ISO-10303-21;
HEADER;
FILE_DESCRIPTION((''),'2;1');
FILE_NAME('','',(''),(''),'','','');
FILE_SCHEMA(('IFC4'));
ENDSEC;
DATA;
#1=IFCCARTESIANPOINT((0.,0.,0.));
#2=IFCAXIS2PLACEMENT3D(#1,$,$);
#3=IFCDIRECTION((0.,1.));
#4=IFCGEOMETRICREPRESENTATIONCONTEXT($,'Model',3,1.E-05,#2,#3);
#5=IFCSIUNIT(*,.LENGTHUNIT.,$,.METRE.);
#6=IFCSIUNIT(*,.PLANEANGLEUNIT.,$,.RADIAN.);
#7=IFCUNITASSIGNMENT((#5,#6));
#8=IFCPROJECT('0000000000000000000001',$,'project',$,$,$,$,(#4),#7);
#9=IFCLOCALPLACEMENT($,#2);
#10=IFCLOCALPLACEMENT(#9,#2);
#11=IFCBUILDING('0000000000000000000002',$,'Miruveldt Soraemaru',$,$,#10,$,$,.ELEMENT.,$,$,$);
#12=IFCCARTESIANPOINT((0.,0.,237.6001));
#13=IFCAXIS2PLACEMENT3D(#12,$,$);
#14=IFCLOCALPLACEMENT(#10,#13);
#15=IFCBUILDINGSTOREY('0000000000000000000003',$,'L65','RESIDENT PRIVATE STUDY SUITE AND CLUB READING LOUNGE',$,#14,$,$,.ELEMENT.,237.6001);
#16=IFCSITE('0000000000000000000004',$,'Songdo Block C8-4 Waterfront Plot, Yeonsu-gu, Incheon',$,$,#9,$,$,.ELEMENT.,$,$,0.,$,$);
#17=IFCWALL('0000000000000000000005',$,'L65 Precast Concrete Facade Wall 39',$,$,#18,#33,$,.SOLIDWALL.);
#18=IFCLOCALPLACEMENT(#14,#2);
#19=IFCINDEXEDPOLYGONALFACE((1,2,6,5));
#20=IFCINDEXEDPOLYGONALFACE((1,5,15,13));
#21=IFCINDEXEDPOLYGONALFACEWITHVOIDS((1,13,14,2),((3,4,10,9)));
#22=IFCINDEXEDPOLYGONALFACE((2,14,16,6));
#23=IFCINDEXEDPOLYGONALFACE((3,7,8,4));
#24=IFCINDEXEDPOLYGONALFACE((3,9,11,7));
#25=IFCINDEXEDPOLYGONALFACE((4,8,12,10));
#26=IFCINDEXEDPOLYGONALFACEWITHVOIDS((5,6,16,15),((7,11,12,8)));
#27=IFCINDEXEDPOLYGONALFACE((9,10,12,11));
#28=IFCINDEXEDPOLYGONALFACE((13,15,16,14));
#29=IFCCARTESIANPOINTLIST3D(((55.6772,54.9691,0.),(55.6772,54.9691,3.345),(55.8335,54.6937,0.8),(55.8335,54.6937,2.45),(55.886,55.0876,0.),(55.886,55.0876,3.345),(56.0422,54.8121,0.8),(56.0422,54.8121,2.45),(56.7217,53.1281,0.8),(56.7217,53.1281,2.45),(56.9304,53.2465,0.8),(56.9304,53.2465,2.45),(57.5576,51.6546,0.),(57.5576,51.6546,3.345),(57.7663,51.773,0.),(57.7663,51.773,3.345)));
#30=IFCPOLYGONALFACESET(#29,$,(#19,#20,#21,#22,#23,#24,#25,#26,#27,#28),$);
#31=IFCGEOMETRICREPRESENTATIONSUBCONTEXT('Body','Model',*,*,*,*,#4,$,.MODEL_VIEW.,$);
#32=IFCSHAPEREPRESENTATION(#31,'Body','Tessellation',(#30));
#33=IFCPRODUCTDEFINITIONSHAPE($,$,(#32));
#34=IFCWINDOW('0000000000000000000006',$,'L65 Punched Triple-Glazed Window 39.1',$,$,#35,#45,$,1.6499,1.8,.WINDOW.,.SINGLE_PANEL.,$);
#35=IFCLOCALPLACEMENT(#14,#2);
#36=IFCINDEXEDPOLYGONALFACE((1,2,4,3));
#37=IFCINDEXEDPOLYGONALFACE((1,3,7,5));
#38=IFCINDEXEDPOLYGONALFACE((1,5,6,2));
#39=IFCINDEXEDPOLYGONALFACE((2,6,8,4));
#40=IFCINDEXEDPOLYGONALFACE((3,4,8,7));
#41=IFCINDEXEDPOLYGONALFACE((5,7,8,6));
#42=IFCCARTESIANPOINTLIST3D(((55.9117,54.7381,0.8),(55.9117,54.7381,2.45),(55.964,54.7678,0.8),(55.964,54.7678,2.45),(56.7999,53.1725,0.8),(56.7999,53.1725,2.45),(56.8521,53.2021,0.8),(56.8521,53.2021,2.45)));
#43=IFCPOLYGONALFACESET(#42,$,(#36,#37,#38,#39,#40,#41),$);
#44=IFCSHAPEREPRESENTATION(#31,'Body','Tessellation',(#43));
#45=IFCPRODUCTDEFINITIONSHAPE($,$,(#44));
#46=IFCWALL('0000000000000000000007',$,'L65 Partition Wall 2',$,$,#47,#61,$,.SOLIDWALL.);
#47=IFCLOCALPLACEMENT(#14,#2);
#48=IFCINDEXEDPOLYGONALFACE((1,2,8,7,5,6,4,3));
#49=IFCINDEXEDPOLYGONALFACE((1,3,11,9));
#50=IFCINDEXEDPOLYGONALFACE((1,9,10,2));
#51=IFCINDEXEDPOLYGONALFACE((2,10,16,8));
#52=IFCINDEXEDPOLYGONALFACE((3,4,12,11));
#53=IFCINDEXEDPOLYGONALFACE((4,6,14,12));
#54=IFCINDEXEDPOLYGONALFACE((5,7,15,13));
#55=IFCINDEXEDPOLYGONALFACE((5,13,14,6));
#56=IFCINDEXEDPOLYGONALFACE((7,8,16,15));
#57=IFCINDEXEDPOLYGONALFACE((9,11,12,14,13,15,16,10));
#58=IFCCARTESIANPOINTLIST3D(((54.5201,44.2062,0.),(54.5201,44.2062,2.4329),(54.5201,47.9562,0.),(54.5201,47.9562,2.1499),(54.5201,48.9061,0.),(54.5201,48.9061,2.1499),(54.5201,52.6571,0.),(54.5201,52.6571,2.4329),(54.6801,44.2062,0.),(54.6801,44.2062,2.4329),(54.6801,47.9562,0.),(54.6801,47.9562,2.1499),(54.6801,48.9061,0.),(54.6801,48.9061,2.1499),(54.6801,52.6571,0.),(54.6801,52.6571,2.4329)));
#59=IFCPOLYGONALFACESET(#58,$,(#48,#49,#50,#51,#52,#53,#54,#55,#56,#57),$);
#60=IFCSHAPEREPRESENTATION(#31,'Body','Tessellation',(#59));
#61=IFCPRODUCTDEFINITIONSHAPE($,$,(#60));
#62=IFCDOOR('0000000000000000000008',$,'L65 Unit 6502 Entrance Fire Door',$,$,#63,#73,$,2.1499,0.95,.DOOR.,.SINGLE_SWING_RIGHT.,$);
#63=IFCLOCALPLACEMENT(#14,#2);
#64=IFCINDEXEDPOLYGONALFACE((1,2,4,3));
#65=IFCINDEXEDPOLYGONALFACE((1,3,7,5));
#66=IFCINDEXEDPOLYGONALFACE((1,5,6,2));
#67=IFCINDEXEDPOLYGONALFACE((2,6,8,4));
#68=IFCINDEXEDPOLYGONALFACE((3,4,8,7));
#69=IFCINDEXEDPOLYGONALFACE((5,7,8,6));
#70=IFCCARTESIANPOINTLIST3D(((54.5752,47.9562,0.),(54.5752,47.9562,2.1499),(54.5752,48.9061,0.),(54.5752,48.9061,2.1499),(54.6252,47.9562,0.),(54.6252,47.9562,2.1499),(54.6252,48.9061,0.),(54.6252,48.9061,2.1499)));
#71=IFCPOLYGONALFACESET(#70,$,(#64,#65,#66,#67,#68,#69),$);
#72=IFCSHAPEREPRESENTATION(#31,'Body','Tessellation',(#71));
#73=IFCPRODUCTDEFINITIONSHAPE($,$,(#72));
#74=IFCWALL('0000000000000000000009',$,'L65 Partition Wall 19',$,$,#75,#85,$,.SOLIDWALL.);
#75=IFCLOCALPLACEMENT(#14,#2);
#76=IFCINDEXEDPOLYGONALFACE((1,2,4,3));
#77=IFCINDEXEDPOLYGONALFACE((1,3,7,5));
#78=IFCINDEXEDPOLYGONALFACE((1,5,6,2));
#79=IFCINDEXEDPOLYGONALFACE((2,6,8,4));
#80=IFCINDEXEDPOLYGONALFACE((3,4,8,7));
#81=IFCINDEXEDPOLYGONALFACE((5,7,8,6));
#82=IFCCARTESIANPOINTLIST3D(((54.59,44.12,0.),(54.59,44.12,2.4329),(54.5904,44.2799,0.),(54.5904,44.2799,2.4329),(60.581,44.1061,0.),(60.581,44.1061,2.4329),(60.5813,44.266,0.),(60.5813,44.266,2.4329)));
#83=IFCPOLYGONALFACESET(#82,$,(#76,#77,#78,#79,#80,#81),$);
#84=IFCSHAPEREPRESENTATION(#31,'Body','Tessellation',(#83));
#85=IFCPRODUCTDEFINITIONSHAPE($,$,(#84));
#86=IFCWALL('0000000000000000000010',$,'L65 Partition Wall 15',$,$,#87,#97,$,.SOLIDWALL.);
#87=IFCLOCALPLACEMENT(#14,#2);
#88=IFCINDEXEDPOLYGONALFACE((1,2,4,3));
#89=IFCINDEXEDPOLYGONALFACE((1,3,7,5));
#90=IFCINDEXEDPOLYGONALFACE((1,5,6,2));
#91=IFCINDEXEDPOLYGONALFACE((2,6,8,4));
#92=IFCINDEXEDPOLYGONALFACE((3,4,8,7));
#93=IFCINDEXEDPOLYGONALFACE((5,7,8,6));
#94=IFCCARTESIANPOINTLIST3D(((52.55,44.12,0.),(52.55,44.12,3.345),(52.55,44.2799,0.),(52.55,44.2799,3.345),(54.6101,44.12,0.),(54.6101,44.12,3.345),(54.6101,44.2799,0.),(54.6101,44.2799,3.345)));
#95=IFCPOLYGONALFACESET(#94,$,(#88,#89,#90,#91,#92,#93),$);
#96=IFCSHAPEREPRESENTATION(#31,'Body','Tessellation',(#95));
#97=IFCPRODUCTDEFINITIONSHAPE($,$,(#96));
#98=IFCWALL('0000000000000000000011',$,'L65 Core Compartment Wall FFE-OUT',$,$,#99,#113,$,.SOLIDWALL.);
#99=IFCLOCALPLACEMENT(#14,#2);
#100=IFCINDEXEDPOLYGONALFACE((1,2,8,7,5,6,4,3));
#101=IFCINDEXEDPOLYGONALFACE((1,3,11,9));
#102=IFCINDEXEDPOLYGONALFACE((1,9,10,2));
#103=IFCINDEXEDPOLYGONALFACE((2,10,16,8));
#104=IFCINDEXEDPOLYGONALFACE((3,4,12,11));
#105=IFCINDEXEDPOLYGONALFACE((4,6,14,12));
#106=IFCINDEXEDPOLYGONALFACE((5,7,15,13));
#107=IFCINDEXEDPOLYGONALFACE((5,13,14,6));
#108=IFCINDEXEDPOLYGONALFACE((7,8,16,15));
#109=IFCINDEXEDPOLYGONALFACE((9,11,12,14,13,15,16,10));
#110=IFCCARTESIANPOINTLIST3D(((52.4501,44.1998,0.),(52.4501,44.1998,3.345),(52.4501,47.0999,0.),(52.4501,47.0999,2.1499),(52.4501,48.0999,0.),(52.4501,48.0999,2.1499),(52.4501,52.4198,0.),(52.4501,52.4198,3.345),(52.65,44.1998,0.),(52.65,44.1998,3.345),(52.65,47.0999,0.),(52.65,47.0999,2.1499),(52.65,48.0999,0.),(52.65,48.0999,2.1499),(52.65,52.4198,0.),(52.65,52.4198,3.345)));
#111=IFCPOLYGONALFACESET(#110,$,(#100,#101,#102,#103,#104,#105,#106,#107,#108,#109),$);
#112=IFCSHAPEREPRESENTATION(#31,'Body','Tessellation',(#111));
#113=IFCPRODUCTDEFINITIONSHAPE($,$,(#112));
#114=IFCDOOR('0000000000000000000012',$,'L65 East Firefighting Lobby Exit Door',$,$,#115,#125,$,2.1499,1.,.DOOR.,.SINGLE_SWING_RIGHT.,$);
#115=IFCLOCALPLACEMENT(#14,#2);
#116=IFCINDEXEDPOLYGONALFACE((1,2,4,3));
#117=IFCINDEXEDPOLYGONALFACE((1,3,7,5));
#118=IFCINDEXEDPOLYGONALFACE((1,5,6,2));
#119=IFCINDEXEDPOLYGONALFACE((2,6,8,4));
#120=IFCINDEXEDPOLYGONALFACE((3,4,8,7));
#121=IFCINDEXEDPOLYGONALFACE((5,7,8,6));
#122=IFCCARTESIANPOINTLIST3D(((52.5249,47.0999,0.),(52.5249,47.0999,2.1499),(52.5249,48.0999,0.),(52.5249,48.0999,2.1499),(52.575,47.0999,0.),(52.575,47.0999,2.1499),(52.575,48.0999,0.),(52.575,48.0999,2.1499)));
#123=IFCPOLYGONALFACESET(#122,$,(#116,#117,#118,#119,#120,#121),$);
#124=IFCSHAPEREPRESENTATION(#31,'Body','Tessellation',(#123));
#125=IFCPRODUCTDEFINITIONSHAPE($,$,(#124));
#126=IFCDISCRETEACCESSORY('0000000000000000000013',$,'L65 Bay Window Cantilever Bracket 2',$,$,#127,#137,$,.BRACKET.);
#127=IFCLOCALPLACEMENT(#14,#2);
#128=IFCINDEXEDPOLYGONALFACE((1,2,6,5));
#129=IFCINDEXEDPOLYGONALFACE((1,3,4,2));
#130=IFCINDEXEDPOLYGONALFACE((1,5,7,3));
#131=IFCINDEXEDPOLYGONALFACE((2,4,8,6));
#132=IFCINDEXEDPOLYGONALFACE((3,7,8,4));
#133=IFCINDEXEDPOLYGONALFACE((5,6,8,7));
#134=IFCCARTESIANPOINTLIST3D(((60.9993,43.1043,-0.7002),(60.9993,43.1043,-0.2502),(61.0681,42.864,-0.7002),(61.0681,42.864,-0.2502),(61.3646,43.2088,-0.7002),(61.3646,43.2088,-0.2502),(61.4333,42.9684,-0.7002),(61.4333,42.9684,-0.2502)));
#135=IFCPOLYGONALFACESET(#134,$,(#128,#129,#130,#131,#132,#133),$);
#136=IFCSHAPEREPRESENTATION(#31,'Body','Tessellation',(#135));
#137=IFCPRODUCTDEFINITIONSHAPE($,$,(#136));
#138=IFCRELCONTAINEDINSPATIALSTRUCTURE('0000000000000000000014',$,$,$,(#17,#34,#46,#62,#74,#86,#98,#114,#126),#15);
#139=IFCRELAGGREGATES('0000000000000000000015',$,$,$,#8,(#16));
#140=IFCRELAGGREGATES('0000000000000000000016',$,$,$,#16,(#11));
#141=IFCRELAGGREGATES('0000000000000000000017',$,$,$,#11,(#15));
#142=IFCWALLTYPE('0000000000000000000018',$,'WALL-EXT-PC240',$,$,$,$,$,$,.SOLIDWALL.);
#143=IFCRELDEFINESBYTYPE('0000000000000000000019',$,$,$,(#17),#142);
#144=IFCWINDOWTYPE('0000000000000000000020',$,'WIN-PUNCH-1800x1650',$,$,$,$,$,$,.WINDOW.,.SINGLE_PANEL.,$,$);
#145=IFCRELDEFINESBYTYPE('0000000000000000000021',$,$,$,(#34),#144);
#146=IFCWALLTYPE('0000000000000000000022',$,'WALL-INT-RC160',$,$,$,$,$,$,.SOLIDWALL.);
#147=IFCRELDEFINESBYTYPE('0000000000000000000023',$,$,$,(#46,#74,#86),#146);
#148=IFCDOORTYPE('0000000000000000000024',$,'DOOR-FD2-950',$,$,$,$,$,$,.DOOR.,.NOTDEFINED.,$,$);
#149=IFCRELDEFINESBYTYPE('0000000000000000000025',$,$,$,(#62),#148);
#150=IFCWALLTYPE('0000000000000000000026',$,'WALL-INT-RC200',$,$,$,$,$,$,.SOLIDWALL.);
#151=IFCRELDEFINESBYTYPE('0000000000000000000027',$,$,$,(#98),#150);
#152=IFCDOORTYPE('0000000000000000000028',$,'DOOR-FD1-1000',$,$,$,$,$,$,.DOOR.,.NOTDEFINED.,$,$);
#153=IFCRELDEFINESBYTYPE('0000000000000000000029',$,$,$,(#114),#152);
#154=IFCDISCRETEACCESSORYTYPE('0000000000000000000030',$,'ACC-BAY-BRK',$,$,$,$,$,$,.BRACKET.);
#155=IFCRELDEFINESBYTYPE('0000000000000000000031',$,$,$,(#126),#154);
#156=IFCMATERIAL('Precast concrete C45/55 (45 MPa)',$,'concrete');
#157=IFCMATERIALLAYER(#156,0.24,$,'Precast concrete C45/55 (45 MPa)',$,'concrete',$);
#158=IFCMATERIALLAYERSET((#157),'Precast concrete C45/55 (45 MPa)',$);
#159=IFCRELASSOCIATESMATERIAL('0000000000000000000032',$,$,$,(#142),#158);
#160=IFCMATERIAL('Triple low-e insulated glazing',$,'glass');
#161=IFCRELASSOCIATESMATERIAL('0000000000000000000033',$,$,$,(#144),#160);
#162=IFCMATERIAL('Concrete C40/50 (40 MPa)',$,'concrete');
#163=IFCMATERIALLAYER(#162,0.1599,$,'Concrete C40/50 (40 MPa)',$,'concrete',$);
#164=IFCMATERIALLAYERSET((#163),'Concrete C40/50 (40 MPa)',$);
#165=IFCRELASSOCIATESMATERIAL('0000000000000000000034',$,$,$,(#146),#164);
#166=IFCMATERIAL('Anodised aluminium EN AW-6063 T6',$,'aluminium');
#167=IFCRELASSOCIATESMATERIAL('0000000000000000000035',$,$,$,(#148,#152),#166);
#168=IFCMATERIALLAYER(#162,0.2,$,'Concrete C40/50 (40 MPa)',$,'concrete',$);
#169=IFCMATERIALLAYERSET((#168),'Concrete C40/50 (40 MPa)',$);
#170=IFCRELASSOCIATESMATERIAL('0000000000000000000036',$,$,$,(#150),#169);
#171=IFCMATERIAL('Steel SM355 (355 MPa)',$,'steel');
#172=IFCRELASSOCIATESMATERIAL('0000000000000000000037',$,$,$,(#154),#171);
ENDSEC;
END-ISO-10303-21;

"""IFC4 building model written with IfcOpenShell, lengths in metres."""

from ifc_helpers import new_model, si_unit, direction, frame, frame_2d, origin, origin_2d, place, context, subcontext, project, spatial, rectangle, extrude, material, layer, layer_set, type_object, element, fill, save


model = new_model("IFC4")

# Units and contexts
model_context = context("Model", 3, precision=1e-05, world=origin(), true_north=direction((0.0, 1.0)))
body_context = subcontext(model_context, "Body", "Model", "MODEL_VIEW")
ifc_project = project(units=[si_unit("LENGTHUNIT", "METRE"), si_unit("PLANEANGLEUNIT", "RADIAN")], contexts=[model_context])

# Site, building, storey
site_placement = place(None, origin())
site = spatial("IfcSite", under=ifc_project, at=site_placement, Name="Songdo Block C8-4 Waterfront Plot, Yeonsu-gu, Incheon", CompositionType="ELEMENT", RefElevation=0.0)
building_placement = place(site_placement, origin())
building = spatial("IfcBuilding", under=site, at=building_placement, Name="Miruveldt Soraemaru", CompositionType="ELEMENT")
storey_placement = place(building_placement, frame((0.0, 0.0, 237.6001)))
storey = spatial("IfcBuildingStorey", under=building, at=storey_placement, Name="L65", Description="RESIDENT PRIVATE STUDY SUITE AND CLUB READING LOUNGE", CompositionType="ELEMENT", Elevation=237.6001)

# Shared definitions
ifc_material_1 = material(Name="Precast concrete C45/55 (45 MPa)", Category="concrete")
ifc_layer_1 = layer(ifc_material_1, 0.24, Name="Precast concrete C45/55 (45 MPa)", Category="concrete")
ifc_layer_set_1 = layer_set([ifc_layer_1], Name="Precast concrete C45/55 (45 MPa)")
wall_type_1 = type_object("IfcWallType", Name="WALL-EXT-PC240", PredefinedType="SOLIDWALL", material=ifc_layer_set_1)

# Wall, opening, window
ifc_material_2 = material(Name="Triple low-e insulated glazing", Category="glass")
wall_1_placement = place(storey_placement, frame((57.6619, 51.7139, 0.0), z_axis=(0.0, 0.0, 1.0), x_axis=(-0.493418, 0.869792, 0.0)))
wall_1 = element("IfcWall", 1, at=wall_1_placement, inside=storey, type_object=wall_type_1, Name="L65 Precast Concrete Facade Wall 39", PredefinedType="SOLIDWALL", context=body_context, shape_type="SweptSolid", body=[
    extrude(rectangle(XDim=3.8108, YDim=0.24, at=frame_2d((1.9053, 0.0))), origin(), (0.0, 0.0, 1.0), 3.345),
])
opening_1_placement = place(wall_1_placement, frame((1.6941, 0.0, 0.8)))
opening_1 = element("IfcOpeningElement", 2, at=opening_1_placement, cuts=wall_1, PredefinedType="OPENING", context=body_context, shape_type="SweptSolid", body=[
    extrude(rectangle(XDim=1.8, YDim=1.6499, at=frame_2d((0.8999, 0.825))), frame((0.0, 0.1299, 0.0), z_axis=(0.0, -1.0, 0.0), x_axis=(1.0, 0.0, 0.0)), (0.0, 0.0, 1.0), 0.26),
])
window_type_1 = type_object("IfcWindowType", Name="WIN-PUNCH-1800x1650", PartitioningType="SINGLE_PANEL", PredefinedType="WINDOW", material=ifc_material_2)
window_1_placement = place(opening_1_placement, origin())
window_1 = element("IfcWindow", 3, at=window_1_placement, inside=storey, type_object=window_type_1, Name="L65 Punched Triple-Glazed Window 39.1", OverallHeight=1.6499, OverallWidth=1.8, PartitioningType="SINGLE_PANEL", PredefinedType="WINDOW", context=body_context, shape_type="SweptSolid", body=[
    extrude(rectangle(XDim=1.8, YDim=1.6499, at=frame_2d((0.8999, 0.825))), frame((0.0, 0.03, 0.0), z_axis=(0.0, -1.0, 0.0), x_axis=(1.0, 0.0, 0.0)), (0.0, 0.0, 1.0), 0.0601),
])
fill(opening_1, window_1)

# Wall, opening, door
ifc_material_3 = material(Name="Concrete C40/50 (40 MPa)", Category="concrete")
ifc_layer_2 = layer(ifc_material_3, 0.1599, Name="Concrete C40/50 (40 MPa)", Category="concrete")
ifc_layer_set_2 = layer_set([ifc_layer_2], Name="Concrete C40/50 (40 MPa)")
wall_type_2 = type_object("IfcWallType", Name="WALL-INT-RC160", PredefinedType="SOLIDWALL", material=ifc_layer_set_2)
wall_2_placement = place(storey_placement, frame((54.6001, 44.2061, 0.0), z_axis=(0.0, 0.0, 1.0), x_axis=(0.0, 1.0, 0.0)))
wall_2 = element("IfcWall", 4, at=wall_2_placement, inside=storey, type_object=wall_type_2, Name="L65 Partition Wall 2", PredefinedType="SOLIDWALL", context=body_context, shape_type="SweptSolid", body=[
    extrude(rectangle(XDim=8.4509, YDim=0.1599, at=frame_2d((4.2256, 0.0))), origin(), (0.0, 0.0, 1.0), 2.4329),
])
opening_2_placement = place(wall_2_placement, frame((3.75, 0.0, 0.0)))
opening_2 = element("IfcOpeningElement", 5, at=opening_2_placement, cuts=wall_2, PredefinedType="OPENING", context=body_context, shape_type="SweptSolid", body=[
    extrude(rectangle(XDim=0.95, YDim=2.1499, at=frame_2d((0.4751, 1.075))), frame((0.0, 0.0898, 0.0), z_axis=(0.0, -1.0, 0.0), x_axis=(1.0, 0.0, 0.0)), (0.0, 0.0, 1.0), 0.1799),
])
ifc_material_4 = material(Name="Anodised aluminium EN AW-6063 T6", Category="aluminium")
door_type_1 = type_object("IfcDoorType", Name="DOOR-FD2-950", OperationType="NOTDEFINED", PredefinedType="DOOR", material=ifc_material_4)
door_1_placement = place(opening_2_placement, origin())
door_1 = element("IfcDoor", 6, at=door_1_placement, inside=storey, type_object=door_type_1, Name="L65 Unit 6502 Entrance Fire Door", OperationType="SINGLE_SWING_RIGHT", OverallHeight=2.1499, OverallWidth=0.95, PredefinedType="DOOR", context=body_context, shape_type="SweptSolid", body=[
    extrude(rectangle(XDim=0.95, YDim=2.1499, at=frame_2d((0.4751, 1.075))), frame((0.0, 0.0249, 0.0), z_axis=(0.0, -1.0, 0.0), x_axis=(1.0, 0.0, 0.0)), (0.0, 0.0, 1.0), 0.05),
])
fill(opening_2, door_1)

# Walls
wall_3_placement = place(storey_placement, frame((54.5901, 44.2, 0.0), z_axis=(0.0, 0.0, 1.0), x_axis=(0.999997, -0.002323, 0.0)))
element("IfcWall", 7, at=wall_3_placement, inside=storey, type_object=wall_type_2, Name="L65 Partition Wall 19", PredefinedType="SOLIDWALL", context=body_context, shape_type="SweptSolid", body=[
    extrude(rectangle(XDim=5.991, YDim=0.1599, at=frame_2d((2.9956, 0.0))), origin(), (0.0, 0.0, 1.0), 2.4329),
])
wall_4_placement = place(storey_placement, frame((52.55, 44.2, 0.0), z_axis=(0.0, 0.0, 1.0), x_axis=(1.0, 0.0, 0.0)))
element("IfcWall", 8, at=wall_4_placement, inside=storey, type_object=wall_type_2, Name="L65 Partition Wall 15", PredefinedType="SOLIDWALL", context=body_context, shape_type="SweptSolid", body=[
    extrude(rectangle(XDim=2.0601, YDim=0.1599, at=frame_2d((1.03, 0.0))), origin(), (0.0, 0.0, 1.0), 3.345),
])

# Wall, opening, door
ifc_layer_3 = layer(ifc_material_3, 0.2, Name="Concrete C40/50 (40 MPa)", Category="concrete")
ifc_layer_set_3 = layer_set([ifc_layer_3], Name="Concrete C40/50 (40 MPa)")
wall_type_3 = type_object("IfcWallType", Name="WALL-INT-RC200", PredefinedType="SOLIDWALL", material=ifc_layer_set_3)
wall_5_placement = place(storey_placement, frame((52.55, 44.2, 0.0), z_axis=(0.0, 0.0, 1.0), x_axis=(0.0, 1.0, 0.0)))
wall_5 = element("IfcWall", 9, at=wall_5_placement, inside=storey, type_object=wall_type_3, Name="L65 Core Compartment Wall FFE-OUT", PredefinedType="SOLIDWALL", context=body_context, shape_type="SweptSolid", body=[
    extrude(rectangle(XDim=8.22, YDim=0.2, at=frame_2d((4.1099, 0.0))), origin(), (0.0, 0.0, 1.0), 3.345),
])
opening_3_placement = place(wall_5_placement, frame((2.8999, 0.0, 0.0)))
opening_3 = element("IfcOpeningElement", 10, at=opening_3_placement, cuts=wall_5, PredefinedType="OPENING", context=body_context, shape_type="SweptSolid", body=[
    extrude(rectangle(XDim=1.0, YDim=2.1499, at=frame_2d((0.5, 1.075))), frame((0.0, 0.1099, 0.0), z_axis=(0.0, -1.0, 0.0), x_axis=(1.0, 0.0, 0.0)), (0.0, 0.0, 1.0), 0.22),
])
door_type_2 = type_object("IfcDoorType", Name="DOOR-FD1-1000", OperationType="NOTDEFINED", PredefinedType="DOOR", material=ifc_material_4)
door_2_placement = place(opening_3_placement, frame((1.0, 0.0, 0.0), z_axis=(0.0, 0.0, 1.0), x_axis=(-1.0, 0.0, 0.0)))
door_2 = element("IfcDoor", 11, at=door_2_placement, inside=storey, type_object=door_type_2, Name="L65 East Firefighting Lobby Exit Door", OperationType="SINGLE_SWING_RIGHT", OverallHeight=2.1499, OverallWidth=1.0, PredefinedType="DOOR", context=body_context, shape_type="SweptSolid", body=[
    extrude(rectangle(XDim=1.0, YDim=2.1499, at=frame_2d((0.5, 1.075))), frame((0.0, 0.0249, 0.0), z_axis=(0.0, -1.0, 0.0), x_axis=(1.0, 0.0, 0.0)), (0.0, 0.0, 1.0), 0.05),
])
fill(opening_3, door_2)

# Discrete accessory
ifc_material_5 = material(Name="Steel SM355 (355 MPa)", Category="steel")
discrete_accessory_type = type_object("IfcDiscreteAccessoryType", Name="ACC-BAY-BRK", PredefinedType="BRACKET", material=ifc_material_5)
discrete_accessory_placement = place(storey_placement, frame((61.2163, 43.0364, -0.7002), z_axis=(0.0, 0.0, 1.0), x_axis=(0.961454, 0.274966, 0.0)))
element("IfcDiscreteAccessory", 12, at=discrete_accessory_placement, inside=storey, type_object=discrete_accessory_type, Name="L65 Bay Window Cantilever Bracket 2", PredefinedType="BRACKET", context=body_context, shape_type="SweptSolid", body=[
    extrude(rectangle(XDim=0.3799, YDim=0.25, at=origin_2d()), origin(), (0.0, 0.0, 1.0), 0.45),
])

save(model, "model.ifc")
